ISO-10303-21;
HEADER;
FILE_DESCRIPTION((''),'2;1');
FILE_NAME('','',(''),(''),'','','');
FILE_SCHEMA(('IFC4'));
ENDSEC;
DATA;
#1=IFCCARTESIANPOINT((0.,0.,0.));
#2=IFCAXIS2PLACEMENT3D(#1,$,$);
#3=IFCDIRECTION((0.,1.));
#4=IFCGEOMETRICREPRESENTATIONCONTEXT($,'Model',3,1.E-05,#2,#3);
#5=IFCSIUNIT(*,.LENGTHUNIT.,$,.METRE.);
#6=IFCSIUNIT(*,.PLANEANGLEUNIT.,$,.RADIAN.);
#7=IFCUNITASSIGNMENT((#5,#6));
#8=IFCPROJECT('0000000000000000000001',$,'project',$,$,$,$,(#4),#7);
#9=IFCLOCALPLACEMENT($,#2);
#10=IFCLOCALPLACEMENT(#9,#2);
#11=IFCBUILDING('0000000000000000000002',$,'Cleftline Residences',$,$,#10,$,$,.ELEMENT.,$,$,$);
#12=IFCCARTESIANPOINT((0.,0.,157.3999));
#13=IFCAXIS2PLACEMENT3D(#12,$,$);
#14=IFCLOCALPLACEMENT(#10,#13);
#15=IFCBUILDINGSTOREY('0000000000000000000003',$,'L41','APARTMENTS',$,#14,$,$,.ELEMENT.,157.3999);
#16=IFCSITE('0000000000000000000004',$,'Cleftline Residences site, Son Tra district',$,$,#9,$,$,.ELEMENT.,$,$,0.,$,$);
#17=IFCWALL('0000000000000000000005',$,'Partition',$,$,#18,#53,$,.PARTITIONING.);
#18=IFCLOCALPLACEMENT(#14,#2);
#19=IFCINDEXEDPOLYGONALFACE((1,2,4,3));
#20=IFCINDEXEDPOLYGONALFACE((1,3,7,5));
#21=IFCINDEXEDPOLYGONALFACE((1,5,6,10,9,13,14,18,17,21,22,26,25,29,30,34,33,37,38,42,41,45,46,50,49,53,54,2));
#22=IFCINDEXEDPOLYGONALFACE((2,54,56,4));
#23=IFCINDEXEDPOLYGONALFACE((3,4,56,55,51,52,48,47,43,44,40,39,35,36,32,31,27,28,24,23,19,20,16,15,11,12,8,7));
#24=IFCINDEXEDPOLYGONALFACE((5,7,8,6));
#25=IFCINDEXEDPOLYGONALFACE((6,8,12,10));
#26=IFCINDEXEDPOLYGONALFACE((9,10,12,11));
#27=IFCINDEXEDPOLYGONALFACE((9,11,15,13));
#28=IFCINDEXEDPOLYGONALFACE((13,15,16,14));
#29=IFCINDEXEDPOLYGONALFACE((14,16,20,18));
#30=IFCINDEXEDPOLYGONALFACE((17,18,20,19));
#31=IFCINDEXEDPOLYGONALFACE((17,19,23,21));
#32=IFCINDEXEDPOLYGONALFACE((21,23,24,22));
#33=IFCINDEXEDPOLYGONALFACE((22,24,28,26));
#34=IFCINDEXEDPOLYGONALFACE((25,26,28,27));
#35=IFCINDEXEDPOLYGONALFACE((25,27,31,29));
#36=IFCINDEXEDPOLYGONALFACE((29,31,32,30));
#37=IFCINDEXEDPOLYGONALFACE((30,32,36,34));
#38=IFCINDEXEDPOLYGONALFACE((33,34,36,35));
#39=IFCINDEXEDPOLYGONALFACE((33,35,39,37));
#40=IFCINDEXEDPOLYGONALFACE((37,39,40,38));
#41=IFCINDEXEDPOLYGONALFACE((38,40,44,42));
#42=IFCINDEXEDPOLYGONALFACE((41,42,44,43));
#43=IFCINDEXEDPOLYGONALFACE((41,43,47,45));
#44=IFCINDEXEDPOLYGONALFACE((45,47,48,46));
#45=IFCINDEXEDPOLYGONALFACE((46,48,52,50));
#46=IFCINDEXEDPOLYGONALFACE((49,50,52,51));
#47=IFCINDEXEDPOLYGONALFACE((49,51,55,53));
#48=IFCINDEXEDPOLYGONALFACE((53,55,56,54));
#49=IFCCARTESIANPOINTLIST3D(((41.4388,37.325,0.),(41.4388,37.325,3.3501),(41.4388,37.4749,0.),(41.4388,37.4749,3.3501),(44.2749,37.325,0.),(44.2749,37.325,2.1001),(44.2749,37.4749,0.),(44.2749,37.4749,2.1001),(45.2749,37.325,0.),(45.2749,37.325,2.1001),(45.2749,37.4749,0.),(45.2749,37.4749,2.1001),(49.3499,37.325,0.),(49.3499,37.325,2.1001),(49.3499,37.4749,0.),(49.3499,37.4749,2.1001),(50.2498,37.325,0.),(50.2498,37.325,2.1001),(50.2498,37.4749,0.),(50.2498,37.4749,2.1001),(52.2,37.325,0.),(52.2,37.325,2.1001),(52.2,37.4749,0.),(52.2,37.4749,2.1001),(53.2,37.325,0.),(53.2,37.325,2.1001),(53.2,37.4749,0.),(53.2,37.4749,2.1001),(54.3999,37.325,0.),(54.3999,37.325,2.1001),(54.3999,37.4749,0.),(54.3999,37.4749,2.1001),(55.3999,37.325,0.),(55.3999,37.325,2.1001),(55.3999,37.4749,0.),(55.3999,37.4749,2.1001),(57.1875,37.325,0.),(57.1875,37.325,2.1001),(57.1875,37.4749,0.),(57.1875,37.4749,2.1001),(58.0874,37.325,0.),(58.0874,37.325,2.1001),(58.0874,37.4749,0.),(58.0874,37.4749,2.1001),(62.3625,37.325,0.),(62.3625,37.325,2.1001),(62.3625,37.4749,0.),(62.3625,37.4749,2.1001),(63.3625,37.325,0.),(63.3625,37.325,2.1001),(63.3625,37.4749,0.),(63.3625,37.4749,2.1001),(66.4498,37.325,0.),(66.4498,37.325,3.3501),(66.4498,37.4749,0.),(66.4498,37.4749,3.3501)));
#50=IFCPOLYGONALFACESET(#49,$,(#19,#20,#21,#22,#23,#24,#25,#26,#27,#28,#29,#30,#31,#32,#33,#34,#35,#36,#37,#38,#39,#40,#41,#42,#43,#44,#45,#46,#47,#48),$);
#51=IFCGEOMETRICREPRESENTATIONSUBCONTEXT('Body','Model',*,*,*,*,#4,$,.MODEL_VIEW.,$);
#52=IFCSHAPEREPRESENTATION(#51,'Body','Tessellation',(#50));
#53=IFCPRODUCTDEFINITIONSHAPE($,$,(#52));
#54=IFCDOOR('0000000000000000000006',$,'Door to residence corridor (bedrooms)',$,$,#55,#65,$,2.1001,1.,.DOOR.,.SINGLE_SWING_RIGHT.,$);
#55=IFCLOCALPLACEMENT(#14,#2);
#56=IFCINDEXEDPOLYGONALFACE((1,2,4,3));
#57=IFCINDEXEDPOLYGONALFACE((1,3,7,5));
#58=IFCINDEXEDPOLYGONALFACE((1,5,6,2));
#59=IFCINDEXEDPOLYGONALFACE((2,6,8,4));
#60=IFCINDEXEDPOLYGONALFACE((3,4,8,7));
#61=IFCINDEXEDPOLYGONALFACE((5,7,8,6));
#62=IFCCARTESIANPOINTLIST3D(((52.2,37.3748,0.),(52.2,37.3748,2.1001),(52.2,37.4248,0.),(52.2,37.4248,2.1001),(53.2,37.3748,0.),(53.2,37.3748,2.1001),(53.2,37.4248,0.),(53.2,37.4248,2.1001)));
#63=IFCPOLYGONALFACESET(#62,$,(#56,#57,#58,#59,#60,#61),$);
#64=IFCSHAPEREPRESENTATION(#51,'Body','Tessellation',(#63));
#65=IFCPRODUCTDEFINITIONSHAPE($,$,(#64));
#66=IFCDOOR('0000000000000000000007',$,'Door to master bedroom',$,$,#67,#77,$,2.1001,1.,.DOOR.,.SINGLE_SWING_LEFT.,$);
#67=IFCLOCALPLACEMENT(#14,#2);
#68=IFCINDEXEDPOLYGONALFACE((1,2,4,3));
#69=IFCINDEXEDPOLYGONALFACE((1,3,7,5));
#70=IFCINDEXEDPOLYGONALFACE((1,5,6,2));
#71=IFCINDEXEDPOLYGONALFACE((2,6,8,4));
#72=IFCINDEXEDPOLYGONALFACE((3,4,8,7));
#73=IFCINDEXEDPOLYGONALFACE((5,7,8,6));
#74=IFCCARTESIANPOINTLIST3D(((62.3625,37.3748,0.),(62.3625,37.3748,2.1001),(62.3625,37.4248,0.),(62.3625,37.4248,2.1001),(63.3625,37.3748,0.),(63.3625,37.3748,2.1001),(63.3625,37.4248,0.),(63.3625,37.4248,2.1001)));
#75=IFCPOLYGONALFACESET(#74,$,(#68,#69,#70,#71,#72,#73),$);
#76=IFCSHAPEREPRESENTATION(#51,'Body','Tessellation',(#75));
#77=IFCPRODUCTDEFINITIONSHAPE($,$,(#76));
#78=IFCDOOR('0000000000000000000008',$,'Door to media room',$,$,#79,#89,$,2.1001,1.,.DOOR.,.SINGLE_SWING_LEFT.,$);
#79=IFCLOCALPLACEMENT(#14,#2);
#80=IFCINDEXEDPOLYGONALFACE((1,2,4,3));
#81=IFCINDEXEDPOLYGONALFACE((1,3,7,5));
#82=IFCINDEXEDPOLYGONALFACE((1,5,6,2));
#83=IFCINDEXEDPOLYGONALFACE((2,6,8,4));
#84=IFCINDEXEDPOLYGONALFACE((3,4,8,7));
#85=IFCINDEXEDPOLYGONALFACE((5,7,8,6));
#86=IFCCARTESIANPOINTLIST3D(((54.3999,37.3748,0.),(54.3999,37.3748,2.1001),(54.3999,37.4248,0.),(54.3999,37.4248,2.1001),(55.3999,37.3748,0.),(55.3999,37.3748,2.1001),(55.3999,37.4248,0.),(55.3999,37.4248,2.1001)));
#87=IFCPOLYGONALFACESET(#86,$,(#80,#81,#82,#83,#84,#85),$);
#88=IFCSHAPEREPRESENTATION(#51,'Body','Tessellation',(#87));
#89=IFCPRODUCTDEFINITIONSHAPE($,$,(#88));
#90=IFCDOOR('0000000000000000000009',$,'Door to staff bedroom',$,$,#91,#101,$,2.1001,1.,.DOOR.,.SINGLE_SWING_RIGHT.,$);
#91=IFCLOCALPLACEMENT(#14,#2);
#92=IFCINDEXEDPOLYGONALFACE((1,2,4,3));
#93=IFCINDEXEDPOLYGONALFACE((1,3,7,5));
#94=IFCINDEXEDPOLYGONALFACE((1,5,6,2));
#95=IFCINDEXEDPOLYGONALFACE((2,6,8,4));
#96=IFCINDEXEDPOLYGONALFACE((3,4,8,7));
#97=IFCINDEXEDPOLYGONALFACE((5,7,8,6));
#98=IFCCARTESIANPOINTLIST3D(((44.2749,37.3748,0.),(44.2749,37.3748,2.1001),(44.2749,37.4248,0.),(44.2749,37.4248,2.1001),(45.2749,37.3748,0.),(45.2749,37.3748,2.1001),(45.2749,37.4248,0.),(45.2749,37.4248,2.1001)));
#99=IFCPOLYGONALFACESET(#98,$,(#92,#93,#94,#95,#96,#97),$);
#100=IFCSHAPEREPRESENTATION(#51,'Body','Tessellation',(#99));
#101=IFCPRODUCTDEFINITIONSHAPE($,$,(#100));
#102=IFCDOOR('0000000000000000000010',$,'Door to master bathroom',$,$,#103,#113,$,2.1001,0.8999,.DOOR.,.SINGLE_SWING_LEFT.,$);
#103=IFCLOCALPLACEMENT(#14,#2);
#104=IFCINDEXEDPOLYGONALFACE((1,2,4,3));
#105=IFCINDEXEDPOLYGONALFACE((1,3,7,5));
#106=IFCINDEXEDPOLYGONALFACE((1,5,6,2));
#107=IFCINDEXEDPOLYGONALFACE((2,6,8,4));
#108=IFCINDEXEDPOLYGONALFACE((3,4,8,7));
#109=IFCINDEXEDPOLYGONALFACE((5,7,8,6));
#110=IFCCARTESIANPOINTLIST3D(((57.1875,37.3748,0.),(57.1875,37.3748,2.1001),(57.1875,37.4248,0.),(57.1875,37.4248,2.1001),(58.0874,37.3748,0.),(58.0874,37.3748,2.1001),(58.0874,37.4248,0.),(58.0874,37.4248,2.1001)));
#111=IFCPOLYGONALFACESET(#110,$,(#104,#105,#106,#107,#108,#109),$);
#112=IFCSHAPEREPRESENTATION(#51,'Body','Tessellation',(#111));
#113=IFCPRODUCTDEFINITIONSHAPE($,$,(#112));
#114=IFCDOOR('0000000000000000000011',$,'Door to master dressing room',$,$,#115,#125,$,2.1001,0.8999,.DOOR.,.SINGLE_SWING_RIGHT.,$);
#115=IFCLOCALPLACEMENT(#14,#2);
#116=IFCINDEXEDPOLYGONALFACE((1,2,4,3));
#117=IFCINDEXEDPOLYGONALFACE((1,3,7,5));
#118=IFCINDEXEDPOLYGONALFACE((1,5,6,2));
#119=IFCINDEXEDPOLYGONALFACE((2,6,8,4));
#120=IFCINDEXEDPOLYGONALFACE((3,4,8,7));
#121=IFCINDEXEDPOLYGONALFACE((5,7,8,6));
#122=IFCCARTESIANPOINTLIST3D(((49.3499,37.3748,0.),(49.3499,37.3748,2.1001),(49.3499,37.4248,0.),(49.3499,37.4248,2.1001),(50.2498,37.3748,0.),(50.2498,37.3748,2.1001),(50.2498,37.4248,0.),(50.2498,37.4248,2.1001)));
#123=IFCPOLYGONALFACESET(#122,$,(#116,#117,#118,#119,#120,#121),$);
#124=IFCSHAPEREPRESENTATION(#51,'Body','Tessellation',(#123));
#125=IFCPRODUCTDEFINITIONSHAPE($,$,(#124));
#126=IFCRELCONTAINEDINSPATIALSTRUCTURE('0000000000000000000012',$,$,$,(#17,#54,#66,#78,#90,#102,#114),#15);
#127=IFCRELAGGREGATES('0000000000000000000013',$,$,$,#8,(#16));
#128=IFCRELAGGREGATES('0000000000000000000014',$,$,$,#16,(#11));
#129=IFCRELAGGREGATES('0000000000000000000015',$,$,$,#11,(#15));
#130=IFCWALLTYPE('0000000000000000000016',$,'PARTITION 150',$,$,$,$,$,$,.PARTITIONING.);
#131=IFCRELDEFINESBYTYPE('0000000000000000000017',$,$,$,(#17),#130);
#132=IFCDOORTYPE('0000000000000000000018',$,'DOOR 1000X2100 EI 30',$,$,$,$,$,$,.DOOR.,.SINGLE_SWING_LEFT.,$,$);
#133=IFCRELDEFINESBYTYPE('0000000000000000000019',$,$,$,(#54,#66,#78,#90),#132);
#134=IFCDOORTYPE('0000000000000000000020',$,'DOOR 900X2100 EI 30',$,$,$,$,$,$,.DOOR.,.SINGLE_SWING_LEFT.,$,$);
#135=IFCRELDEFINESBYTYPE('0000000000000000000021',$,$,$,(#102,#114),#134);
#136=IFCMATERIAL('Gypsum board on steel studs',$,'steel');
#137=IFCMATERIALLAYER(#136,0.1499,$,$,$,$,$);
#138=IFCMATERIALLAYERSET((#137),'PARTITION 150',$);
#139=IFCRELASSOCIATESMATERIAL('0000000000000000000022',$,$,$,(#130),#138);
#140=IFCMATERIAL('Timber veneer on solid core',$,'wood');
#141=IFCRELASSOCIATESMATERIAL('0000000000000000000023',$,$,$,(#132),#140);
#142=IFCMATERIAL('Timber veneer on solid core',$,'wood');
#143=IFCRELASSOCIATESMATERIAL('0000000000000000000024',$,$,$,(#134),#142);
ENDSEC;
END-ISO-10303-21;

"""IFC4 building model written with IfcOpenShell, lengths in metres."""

from ifc_helpers import new_model, si_unit, direction, frame, frame_2d, origin, place, context, subcontext, project, spatial, rectangle, extrude, material, layer, layer_set, type_object, element, fill, save


model = new_model("IFC4")

# Units and contexts
model_context = context("Model", 3, precision=1e-05, world=origin(), true_north=direction((0.0, 1.0)))
body_context = subcontext(model_context, "Body", "Model", "MODEL_VIEW")
ifc_project = project(units=[si_unit("LENGTHUNIT", "METRE"), si_unit("PLANEANGLEUNIT", "RADIAN")], contexts=[model_context])

# Site, building, storey
site_placement = place(None, origin())
site = spatial("IfcSite", under=ifc_project, at=site_placement, Name="Cleftline Residences site, Son Tra district", CompositionType="ELEMENT", RefElevation=0.0)
building_placement = place(site_placement, origin())
building = spatial("IfcBuilding", under=site, at=building_placement, Name="Cleftline Residences", CompositionType="ELEMENT")
storey_placement = place(building_placement, frame((0.0, 0.0, 157.3999)))
storey = spatial("IfcBuildingStorey", under=building, at=storey_placement, Name="L41", Description="APARTMENTS", CompositionType="ELEMENT", Elevation=157.3999)

# Shared definitions
ifc_material_1 = material(Name="Gypsum board on steel studs", Category="steel")
ifc_layer_1 = layer(ifc_material_1, 0.1499)
ifc_layer_set_1 = layer_set([ifc_layer_1], Name="PARTITION 150")
wall_type = type_object("IfcWallType", Name="PARTITION 150", PredefinedType="PARTITIONING", material=ifc_layer_set_1)

# Wall, openings, doors
wall_1_placement = place(storey_placement, frame((41.439, 37.3999, 0.0), z_axis=(0.0, 0.0, 1.0), x_axis=(1.0, 0.0, 0.0)))
wall_1 = element("IfcWall", 1, at=wall_1_placement, inside=storey, type_object=wall_type, Name="Partition", PredefinedType="PARTITIONING", context=body_context, shape_type="SweptSolid", body=[
    extrude(rectangle(XDim=25.011, YDim=0.1499, at=frame_2d((12.5054, 0.0))), origin(), (0.0, 0.0, 1.0), 3.3501),
])
opening_1_placement = place(wall_1_placement, frame((10.761, 0.0, 0.0)))
opening_1 = element("IfcOpeningElement", 2, at=opening_1_placement, cuts=wall_1, PredefinedType="OPENING", context=body_context, shape_type="SweptSolid", body=[
    extrude(rectangle(XDim=1.0, YDim=2.1001, at=frame_2d((0.5, 1.05))), frame((0.0, 0.085, 0.0), z_axis=(0.0, -1.0, 0.0), x_axis=(1.0, 0.0, 0.0)), (0.0, 0.0, 1.0), 0.1699),
])
opening_2_placement = place(wall_1_placement, frame((20.9236, 0.0, 0.0)))
opening_2 = element("IfcOpeningElement", 3, at=opening_2_placement, cuts=wall_1, PredefinedType="OPENING", context=body_context, shape_type="SweptSolid", body=[
    extrude(rectangle(XDim=1.0, YDim=2.1001, at=frame_2d((0.5, 1.05))), frame((0.0, 0.085, 0.0), z_axis=(0.0, -1.0, 0.0), x_axis=(1.0, 0.0, 0.0)), (0.0, 0.0, 1.0), 0.1699),
])
opening_3_placement = place(wall_1_placement, frame((15.7485, 0.0, 0.0)))
opening_3 = element("IfcOpeningElement", 4, at=opening_3_placement, cuts=wall_1, PredefinedType="OPENING", context=body_context, shape_type="SweptSolid", body=[
    extrude(rectangle(XDim=0.8999, YDim=2.1001, at=frame_2d((0.45, 1.05))), frame((0.0, 0.085, 0.0), z_axis=(0.0, -1.0, 0.0), x_axis=(1.0, 0.0, 0.0)), (0.0, 0.0, 1.0), 0.1699),
])
opening_4_placement = place(wall_1_placement, frame((12.9609, 0.0, 0.0)))
opening_4 = element("IfcOpeningElement", 5, at=opening_4_placement, cuts=wall_1, PredefinedType="OPENING", context=body_context, shape_type="SweptSolid", body=[
    extrude(rectangle(XDim=1.0, YDim=2.1001, at=frame_2d((0.5, 1.05))), frame((0.0, 0.085, 0.0), z_axis=(0.0, -1.0, 0.0), x_axis=(1.0, 0.0, 0.0)), (0.0, 0.0, 1.0), 0.1699),
])
opening_5_placement = place(wall_1_placement, frame((7.9109, 0.0, 0.0)))
opening_5 = element("IfcOpeningElement", 6, at=opening_5_placement, cuts=wall_1, PredefinedType="OPENING", context=body_context, shape_type="SweptSolid", body=[
    extrude(rectangle(XDim=0.8999, YDim=2.1001, at=frame_2d((0.45, 1.05))), frame((0.0, 0.085, 0.0), z_axis=(0.0, -1.0, 0.0), x_axis=(1.0, 0.0, 0.0)), (0.0, 0.0, 1.0), 0.1699),
])
opening_6_placement = place(wall_1_placement, frame((2.8359, 0.0, 0.0)))
opening_6 = element("IfcOpeningElement", 7, at=opening_6_placement, cuts=wall_1, PredefinedType="OPENING", context=body_context, shape_type="SweptSolid", body=[
    extrude(rectangle(XDim=1.0, YDim=2.1001, at=frame_2d((0.5, 1.05))), frame((0.0, 0.085, 0.0), z_axis=(0.0, -1.0, 0.0), x_axis=(1.0, 0.0, 0.0)), (0.0, 0.0, 1.0), 0.1699),
])
ifc_material_2 = material(Name="Timber veneer on solid core", Category="wood")
door_type_1 = type_object("IfcDoorType", Name="DOOR 1000X2100 EI 30", OperationType="SINGLE_SWING_LEFT", PredefinedType="DOOR", material=ifc_material_2)
door_1_placement = place(opening_1_placement, origin())
door_1 = element("IfcDoor", 8, at=door_1_placement, inside=storey, type_object=door_type_1, Name="Door to residence corridor (bedrooms)", OperationType="SINGLE_SWING_RIGHT", OverallHeight=2.1001, OverallWidth=1.0, PredefinedType="DOOR", context=body_context, shape_type="SweptSolid", body=[
    extrude(rectangle(XDim=1.0, YDim=2.1001, at=frame_2d((0.5, 1.05))), frame((0.0, 0.0249, 0.0), z_axis=(0.0, -1.0, 0.0), x_axis=(1.0, 0.0, 0.0)), (0.0, 0.0, 1.0), 0.05),
])
fill(opening_1, door_1)
door_2_placement = place(opening_2_placement, origin())
door_2 = element("IfcDoor", 9, at=door_2_placement, inside=storey, type_object=door_type_1, Name="Door to master bedroom", OperationType="SINGLE_SWING_LEFT", OverallHeight=2.1001, OverallWidth=1.0, PredefinedType="DOOR", context=body_context, shape_type="SweptSolid", body=[
    extrude(rectangle(XDim=1.0, YDim=2.1001, at=frame_2d((0.5, 1.05))), frame((0.0, 0.0249, 0.0), z_axis=(0.0, -1.0, 0.0), x_axis=(1.0, 0.0, 0.0)), (0.0, 0.0, 1.0), 0.05),
])
fill(opening_2, door_2)
door_3_placement = place(opening_4_placement, origin())
door_3 = element("IfcDoor", 10, at=door_3_placement, inside=storey, type_object=door_type_1, Name="Door to media room", OperationType="SINGLE_SWING_LEFT", OverallHeight=2.1001, OverallWidth=1.0, PredefinedType="DOOR", context=body_context, shape_type="SweptSolid", body=[
    extrude(rectangle(XDim=1.0, YDim=2.1001, at=frame_2d((0.5, 1.05))), frame((0.0, 0.0249, 0.0), z_axis=(0.0, -1.0, 0.0), x_axis=(1.0, 0.0, 0.0)), (0.0, 0.0, 1.0), 0.05),
])
fill(opening_4, door_3)
door_4_placement = place(opening_6_placement, origin())
door_4 = element("IfcDoor", 11, at=door_4_placement, inside=storey, type_object=door_type_1, Name="Door to staff bedroom", OperationType="SINGLE_SWING_RIGHT", OverallHeight=2.1001, OverallWidth=1.0, PredefinedType="DOOR", context=body_context, shape_type="SweptSolid", body=[
    extrude(rectangle(XDim=1.0, YDim=2.1001, at=frame_2d((0.5, 1.05))), frame((0.0, 0.0249, 0.0), z_axis=(0.0, -1.0, 0.0), x_axis=(1.0, 0.0, 0.0)), (0.0, 0.0, 1.0), 0.05),
])
fill(opening_6, door_4)
ifc_material_3 = material(Name="Timber veneer on solid core", Category="wood")
door_type_2 = type_object("IfcDoorType", Name="DOOR 900X2100 EI 30", OperationType="SINGLE_SWING_LEFT", PredefinedType="DOOR", material=ifc_material_3)
door_5_placement = place(opening_3_placement, origin())
door_5 = element("IfcDoor", 12, at=door_5_placement, inside=storey, type_object=door_type_2, Name="Door to master bathroom", OperationType="SINGLE_SWING_LEFT", OverallHeight=2.1001, OverallWidth=0.8999, PredefinedType="DOOR", context=body_context, shape_type="SweptSolid", body=[
    extrude(rectangle(XDim=0.8999, YDim=2.1001, at=frame_2d((0.45, 1.05))), frame((0.0, 0.0249, 0.0), z_axis=(0.0, -1.0, 0.0), x_axis=(1.0, 0.0, 0.0)), (0.0, 0.0, 1.0), 0.05),
])
fill(opening_3, door_5)
door_6_placement = place(opening_5_placement, origin())
door_6 = element("IfcDoor", 13, at=door_6_placement, inside=storey, type_object=door_type_2, Name="Door to master dressing room", OperationType="SINGLE_SWING_RIGHT", OverallHeight=2.1001, OverallWidth=0.8999, PredefinedType="DOOR", context=body_context, shape_type="SweptSolid", body=[
    extrude(rectangle(XDim=0.8999, YDim=2.1001, at=frame_2d((0.45, 1.05))), frame((0.0, 0.0249, 0.0), z_axis=(0.0, -1.0, 0.0), x_axis=(1.0, 0.0, 0.0)), (0.0, 0.0, 1.0), 0.05),
])
fill(opening_5, door_6)

save(model, "model.ifc")
